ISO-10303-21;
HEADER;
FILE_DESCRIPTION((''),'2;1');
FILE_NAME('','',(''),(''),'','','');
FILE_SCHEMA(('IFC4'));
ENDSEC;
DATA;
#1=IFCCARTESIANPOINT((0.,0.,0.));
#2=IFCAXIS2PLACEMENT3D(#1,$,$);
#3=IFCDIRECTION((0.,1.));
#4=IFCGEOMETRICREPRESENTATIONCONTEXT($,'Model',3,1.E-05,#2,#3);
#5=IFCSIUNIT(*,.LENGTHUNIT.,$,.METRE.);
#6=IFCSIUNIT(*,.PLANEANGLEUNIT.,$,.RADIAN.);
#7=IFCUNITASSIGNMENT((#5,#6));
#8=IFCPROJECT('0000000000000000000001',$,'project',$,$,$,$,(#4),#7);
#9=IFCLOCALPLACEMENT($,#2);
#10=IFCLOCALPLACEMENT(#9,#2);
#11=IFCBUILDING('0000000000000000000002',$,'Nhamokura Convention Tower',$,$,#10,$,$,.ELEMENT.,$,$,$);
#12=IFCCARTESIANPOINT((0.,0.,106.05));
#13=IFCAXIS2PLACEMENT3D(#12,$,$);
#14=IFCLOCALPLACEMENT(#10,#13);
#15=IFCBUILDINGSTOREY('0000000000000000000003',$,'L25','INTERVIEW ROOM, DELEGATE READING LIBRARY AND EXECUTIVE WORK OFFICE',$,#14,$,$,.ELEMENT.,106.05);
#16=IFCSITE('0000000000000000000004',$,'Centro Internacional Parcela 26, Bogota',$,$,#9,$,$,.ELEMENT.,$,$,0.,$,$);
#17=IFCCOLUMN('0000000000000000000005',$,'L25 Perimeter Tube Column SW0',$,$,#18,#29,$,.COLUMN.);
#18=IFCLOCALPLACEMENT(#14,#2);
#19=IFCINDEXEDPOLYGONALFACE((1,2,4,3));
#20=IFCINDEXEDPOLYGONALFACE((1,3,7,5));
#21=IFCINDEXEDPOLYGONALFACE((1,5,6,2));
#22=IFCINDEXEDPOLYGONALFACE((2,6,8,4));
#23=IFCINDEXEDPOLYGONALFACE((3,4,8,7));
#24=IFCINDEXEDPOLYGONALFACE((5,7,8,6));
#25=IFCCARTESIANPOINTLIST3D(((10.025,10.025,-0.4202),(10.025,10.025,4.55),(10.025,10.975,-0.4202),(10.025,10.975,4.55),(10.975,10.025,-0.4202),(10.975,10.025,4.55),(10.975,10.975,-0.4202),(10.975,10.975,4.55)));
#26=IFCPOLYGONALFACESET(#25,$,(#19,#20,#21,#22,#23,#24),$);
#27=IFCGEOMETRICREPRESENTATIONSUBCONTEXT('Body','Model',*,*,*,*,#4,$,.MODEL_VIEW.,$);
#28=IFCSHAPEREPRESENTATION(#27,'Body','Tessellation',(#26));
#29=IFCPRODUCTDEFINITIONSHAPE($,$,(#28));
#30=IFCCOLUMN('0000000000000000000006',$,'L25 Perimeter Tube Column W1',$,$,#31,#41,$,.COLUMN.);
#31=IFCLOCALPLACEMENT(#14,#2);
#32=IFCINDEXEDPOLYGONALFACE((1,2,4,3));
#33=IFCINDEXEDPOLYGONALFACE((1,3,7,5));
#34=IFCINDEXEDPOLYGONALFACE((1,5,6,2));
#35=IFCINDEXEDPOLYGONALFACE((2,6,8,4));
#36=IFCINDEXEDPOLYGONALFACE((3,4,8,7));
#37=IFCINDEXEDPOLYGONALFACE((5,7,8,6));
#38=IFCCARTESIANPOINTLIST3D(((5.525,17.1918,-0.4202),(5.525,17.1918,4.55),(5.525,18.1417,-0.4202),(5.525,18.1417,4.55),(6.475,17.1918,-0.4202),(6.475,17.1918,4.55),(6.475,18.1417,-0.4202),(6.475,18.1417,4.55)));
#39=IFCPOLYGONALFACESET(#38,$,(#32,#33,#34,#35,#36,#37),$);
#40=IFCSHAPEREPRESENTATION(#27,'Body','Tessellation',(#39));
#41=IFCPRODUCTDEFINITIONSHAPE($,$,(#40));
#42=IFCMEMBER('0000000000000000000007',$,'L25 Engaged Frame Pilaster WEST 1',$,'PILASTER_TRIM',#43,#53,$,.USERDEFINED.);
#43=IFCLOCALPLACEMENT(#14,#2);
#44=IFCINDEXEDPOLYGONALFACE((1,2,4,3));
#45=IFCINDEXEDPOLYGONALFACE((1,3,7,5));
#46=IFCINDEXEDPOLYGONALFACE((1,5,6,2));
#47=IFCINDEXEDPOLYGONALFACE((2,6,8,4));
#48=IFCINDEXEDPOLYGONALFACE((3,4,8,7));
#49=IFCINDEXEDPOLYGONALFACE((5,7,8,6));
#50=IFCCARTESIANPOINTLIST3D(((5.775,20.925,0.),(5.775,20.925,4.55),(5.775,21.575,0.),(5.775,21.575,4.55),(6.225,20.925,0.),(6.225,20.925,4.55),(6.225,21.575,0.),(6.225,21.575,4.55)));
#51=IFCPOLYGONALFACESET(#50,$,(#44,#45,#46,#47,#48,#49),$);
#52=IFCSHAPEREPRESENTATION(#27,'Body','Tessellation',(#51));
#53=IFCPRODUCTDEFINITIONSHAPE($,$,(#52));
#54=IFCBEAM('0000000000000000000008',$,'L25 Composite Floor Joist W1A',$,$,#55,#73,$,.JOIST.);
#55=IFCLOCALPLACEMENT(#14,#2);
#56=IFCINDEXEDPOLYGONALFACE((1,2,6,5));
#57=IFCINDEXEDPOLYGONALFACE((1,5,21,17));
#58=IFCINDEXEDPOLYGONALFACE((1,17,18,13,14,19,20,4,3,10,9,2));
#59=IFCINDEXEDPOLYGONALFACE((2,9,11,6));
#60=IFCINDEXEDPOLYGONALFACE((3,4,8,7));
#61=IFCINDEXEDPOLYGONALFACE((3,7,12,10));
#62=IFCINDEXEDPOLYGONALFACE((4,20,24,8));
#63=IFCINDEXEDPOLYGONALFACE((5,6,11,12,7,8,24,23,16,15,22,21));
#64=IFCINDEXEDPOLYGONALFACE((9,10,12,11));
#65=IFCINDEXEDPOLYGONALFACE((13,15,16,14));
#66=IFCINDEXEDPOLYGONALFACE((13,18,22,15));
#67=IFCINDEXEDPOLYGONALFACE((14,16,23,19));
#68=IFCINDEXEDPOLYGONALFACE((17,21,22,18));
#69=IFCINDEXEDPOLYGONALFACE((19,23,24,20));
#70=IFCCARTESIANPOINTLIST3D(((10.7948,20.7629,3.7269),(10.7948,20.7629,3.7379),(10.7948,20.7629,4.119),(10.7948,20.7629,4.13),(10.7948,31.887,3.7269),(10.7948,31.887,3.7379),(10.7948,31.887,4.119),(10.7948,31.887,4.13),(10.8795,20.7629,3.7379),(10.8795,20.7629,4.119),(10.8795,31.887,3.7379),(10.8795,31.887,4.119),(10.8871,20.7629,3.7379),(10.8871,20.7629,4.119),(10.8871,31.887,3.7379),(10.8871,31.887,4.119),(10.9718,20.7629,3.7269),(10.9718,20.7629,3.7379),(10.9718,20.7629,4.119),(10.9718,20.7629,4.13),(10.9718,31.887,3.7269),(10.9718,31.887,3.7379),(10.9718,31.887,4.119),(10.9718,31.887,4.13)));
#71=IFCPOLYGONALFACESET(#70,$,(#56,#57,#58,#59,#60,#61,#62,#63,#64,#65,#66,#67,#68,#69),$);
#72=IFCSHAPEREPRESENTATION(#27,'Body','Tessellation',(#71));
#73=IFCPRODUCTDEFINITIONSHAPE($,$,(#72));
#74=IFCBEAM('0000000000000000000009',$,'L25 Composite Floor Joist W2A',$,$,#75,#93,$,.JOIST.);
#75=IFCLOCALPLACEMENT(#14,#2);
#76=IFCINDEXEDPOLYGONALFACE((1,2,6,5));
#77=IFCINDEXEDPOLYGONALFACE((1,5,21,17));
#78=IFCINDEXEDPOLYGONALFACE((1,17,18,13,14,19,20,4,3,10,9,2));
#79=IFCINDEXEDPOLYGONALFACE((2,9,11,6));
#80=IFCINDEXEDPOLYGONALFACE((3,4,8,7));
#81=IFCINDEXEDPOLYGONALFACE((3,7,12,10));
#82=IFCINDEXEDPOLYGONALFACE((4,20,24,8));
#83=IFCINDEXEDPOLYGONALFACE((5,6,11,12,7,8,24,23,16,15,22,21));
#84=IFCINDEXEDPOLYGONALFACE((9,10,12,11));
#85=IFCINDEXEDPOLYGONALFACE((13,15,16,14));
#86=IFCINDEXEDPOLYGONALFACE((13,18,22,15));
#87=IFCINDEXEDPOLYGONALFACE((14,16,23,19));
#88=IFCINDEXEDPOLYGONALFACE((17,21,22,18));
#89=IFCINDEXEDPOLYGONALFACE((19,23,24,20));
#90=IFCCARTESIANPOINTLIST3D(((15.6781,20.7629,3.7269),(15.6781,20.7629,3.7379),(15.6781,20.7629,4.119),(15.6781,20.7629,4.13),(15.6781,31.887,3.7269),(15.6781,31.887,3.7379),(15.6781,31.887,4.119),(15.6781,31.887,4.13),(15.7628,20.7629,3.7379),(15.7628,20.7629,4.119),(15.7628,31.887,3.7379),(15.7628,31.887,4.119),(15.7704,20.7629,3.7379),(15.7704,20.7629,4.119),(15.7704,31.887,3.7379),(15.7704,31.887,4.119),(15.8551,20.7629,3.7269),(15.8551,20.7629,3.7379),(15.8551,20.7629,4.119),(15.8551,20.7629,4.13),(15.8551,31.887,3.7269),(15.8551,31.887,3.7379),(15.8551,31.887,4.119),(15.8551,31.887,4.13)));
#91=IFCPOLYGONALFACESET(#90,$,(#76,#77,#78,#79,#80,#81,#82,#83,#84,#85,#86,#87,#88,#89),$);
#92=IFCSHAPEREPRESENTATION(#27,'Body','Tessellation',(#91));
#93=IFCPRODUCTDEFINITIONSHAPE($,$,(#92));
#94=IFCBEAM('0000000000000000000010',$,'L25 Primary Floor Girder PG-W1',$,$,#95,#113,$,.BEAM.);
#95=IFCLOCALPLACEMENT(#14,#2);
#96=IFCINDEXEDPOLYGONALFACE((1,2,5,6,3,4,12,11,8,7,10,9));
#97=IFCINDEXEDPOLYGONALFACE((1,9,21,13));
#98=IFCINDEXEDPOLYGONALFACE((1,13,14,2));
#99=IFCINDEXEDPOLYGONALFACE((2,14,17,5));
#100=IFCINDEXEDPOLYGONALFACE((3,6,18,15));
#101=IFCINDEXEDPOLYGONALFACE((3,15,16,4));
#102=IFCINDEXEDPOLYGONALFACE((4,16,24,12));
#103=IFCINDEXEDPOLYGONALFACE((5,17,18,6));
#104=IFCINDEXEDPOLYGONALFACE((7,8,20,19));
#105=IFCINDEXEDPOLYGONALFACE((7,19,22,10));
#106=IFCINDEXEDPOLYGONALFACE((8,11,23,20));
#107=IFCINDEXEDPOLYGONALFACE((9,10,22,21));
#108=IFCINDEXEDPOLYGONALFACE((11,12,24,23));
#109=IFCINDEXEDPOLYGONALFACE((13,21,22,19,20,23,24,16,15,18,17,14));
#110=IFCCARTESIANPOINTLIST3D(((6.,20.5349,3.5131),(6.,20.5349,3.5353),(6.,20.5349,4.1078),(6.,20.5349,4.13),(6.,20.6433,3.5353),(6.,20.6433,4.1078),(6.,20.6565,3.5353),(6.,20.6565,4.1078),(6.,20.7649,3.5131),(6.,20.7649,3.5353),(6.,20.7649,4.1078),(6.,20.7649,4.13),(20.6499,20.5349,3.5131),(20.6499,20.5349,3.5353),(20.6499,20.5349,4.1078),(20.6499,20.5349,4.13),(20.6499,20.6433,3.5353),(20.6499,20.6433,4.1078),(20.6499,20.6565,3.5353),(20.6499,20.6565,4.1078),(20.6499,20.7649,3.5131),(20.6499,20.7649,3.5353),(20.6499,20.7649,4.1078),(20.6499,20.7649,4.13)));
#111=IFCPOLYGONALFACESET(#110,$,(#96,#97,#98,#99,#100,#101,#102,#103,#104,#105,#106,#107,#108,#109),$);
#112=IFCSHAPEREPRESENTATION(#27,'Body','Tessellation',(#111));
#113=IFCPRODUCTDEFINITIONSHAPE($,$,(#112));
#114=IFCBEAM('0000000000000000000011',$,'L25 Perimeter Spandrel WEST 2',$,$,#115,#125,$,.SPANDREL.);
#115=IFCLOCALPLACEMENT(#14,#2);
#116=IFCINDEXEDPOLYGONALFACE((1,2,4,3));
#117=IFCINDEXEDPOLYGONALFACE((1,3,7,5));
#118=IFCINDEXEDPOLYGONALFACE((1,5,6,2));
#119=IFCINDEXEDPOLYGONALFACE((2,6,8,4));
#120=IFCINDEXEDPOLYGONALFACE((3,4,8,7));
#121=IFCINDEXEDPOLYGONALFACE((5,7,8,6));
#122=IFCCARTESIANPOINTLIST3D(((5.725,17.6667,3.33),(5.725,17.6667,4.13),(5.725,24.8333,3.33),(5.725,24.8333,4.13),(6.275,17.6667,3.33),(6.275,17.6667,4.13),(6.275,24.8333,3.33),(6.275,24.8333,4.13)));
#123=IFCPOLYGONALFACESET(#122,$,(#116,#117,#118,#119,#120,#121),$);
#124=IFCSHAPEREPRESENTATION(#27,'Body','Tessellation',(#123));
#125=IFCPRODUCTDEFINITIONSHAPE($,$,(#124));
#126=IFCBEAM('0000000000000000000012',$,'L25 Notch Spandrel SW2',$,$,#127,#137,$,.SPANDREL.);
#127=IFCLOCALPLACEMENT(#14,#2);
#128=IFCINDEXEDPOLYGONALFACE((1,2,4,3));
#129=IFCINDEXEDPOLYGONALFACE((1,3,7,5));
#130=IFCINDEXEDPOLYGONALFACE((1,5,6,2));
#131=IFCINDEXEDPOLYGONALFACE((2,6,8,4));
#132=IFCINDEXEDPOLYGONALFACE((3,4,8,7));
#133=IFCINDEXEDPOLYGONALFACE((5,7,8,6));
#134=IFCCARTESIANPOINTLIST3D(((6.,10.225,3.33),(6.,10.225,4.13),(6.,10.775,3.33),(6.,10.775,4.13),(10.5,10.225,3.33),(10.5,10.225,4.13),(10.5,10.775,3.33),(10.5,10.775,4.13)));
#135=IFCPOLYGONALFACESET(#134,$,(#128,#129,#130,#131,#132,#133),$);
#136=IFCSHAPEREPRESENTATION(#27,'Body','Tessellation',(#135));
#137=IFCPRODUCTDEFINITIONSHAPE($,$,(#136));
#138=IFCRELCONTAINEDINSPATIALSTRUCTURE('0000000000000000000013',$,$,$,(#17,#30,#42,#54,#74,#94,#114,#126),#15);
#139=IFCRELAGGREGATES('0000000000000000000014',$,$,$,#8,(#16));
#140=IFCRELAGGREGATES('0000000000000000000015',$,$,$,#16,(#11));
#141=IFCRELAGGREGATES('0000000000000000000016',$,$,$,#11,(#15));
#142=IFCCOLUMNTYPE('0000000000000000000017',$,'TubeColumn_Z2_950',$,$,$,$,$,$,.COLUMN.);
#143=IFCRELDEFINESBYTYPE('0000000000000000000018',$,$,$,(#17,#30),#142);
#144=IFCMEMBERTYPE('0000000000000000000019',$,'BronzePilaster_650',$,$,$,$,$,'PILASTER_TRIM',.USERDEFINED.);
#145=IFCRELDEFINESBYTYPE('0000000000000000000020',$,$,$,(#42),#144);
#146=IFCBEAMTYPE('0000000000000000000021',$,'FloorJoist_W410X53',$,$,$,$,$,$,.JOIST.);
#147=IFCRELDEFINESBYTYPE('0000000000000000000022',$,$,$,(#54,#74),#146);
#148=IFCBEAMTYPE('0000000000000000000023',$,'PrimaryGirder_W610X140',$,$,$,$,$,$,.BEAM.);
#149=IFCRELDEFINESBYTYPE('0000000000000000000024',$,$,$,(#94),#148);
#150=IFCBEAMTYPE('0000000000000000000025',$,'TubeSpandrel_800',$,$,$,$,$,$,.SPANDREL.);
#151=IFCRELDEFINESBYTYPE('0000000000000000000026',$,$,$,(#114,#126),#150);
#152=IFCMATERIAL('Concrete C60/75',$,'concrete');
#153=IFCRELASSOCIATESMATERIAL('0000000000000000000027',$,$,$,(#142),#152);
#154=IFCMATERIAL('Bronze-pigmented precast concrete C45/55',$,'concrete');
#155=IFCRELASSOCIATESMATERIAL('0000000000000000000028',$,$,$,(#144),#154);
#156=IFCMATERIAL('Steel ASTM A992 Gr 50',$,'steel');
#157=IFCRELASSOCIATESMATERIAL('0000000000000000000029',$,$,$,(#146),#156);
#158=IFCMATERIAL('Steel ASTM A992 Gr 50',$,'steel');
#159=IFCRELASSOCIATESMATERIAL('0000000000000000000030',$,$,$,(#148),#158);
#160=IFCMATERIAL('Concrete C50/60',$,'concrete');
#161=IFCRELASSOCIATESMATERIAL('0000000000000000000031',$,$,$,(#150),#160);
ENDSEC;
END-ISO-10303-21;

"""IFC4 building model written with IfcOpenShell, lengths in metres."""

from ifc_helpers import new_model, si_unit, direction, frame, origin, origin_2d, place, context, subcontext, project, spatial, rectangle, i_section, extrude, material, material_profile, profile_set, type_object, element, save


model = new_model("IFC4")

# Units and contexts
model_context = context("Model", 3, precision=1e-05, world=origin(), true_north=direction((0.0, 1.0)))
body_context = subcontext(model_context, "Body", "Model", "MODEL_VIEW")
ifc_project = project(units=[si_unit("LENGTHUNIT", "METRE"), si_unit("PLANEANGLEUNIT", "RADIAN")], contexts=[model_context])

# Site, building, storey
site_placement = place(None, origin())
site = spatial("IfcSite", under=ifc_project, at=site_placement, Name="Centro Internacional Parcela 26, Bogota", CompositionType="ELEMENT", RefElevation=0.0)
building_placement = place(site_placement, origin())
building = spatial("IfcBuilding", under=site, at=building_placement, Name="Nhamokura Convention Tower", CompositionType="ELEMENT")
storey_placement = place(building_placement, frame((0.0, 0.0, 106.05)))
storey = spatial("IfcBuildingStorey", under=building, at=storey_placement, Name="L25", Description="INTERVIEW ROOM, DELEGATE READING LIBRARY AND EXECUTIVE WORK OFFICE", CompositionType="ELEMENT", Elevation=106.05)

# Columns
ifc_material_1 = material(Name="Concrete C60/75", Category="concrete")
ifc_material_profile_1 = material_profile(ifc_material_1, rectangle(XDim=0.95, YDim=0.95, at=origin_2d()))
ifc_profile_set_1 = profile_set([ifc_material_profile_1], Name="Concrete C60/75")
column_type = type_object("IfcColumnType", Name="TubeColumn_Z2_950", PredefinedType="COLUMN", material=ifc_profile_set_1)
for number, where, z_axis, x_axis, name in (
    (1, (10.5, 10.5, -0.4202), (0.0, 0.0, 1.0), (1.0, 0.0, 0.0), "L25 Perimeter Tube Column SW0"),
    (2, (6.0, 17.6667, -0.4202), (0.0, 0.0, 1.0), (1.0, 0.0, 0.0), "L25 Perimeter Tube Column W1"),
):
    element("IfcColumn", number, at=place(storey_placement, frame(where, z_axis=z_axis, x_axis=x_axis)), inside=storey, type_object=column_type, Name=name, PredefinedType="COLUMN", context=body_context, shape_type="SweptSolid", body=[
        extrude(rectangle(XDim=0.95, YDim=0.95, at=origin_2d()), origin(), (0.0, 0.0, 1.0), 4.9702),
    ])

# Member
ifc_material_2 = material(Name="Bronze-pigmented precast concrete C45/55", Category="concrete")
ifc_material_profile_2 = material_profile(ifc_material_2, rectangle(XDim=0.45, YDim=0.6499, at=origin_2d()))
ifc_profile_set_2 = profile_set([ifc_material_profile_2], Name="Bronze-pigmented precast concrete C45/55")
member_type = type_object("IfcMemberType", Name="BronzePilaster_650", ElementType="PILASTER_TRIM", PredefinedType="USERDEFINED", material=ifc_profile_set_2)
member_placement = place(storey_placement, frame((6.0, 21.25, 0.0), z_axis=(0.0, 0.0, 1.0), x_axis=(1.0, 0.0, 0.0)))
element("IfcMember", 3, at=member_placement, inside=storey, type_object=member_type, Name="L25 Engaged Frame Pilaster WEST 1", ObjectType="PILASTER_TRIM", PredefinedType="USERDEFINED", context=body_context, shape_type="SweptSolid", body=[
    extrude(rectangle(XDim=0.45, YDim=0.6499, at=origin_2d()), origin(), (0.0, 0.0, 1.0), 4.55),
])

# Beams
ifc_material_3 = material(Name="Steel ASTM A992 Gr 50", Category="steel")
ifc_material_profile_3 = material_profile(ifc_material_3, i_section(OverallWidth=0.177, OverallDepth=0.4031, WebThickness=0.0076, FlangeThickness=0.011, at=origin_2d()))
ifc_profile_set_3 = profile_set([ifc_material_profile_3], Name="Steel ASTM A992 Gr 50")
beam_type_1 = type_object("IfcBeamType", Name="FloorJoist_W410X53", PredefinedType="JOIST", material=ifc_profile_set_3)
for number, where, z_axis, x_axis, name in (
    (4, (10.8833, 20.7629, 3.9285), (0.0, 1.0, 0.0), (-1.0, 0.0, 0.0), "L25 Composite Floor Joist W1A"),
    (5, (15.7666, 20.7629, 3.9285), (0.0, 1.0, 0.0), (-1.0, 0.0, 0.0), "L25 Composite Floor Joist W2A"),
):
    element("IfcBeam", number, at=place(storey_placement, frame(where, z_axis=z_axis, x_axis=x_axis)), inside=storey, type_object=beam_type_1, Name=name, PredefinedType="JOIST", context=body_context, shape_type="SweptSolid", body=[
        extrude(i_section(OverallWidth=0.177, OverallDepth=0.4031, WebThickness=0.0076, FlangeThickness=0.011, at=origin_2d()), origin(), (0.0, 0.0, 1.0), 11.124),
    ])
ifc_material_4 = material(Name="Steel ASTM A992 Gr 50", Category="steel")
ifc_material_profile_4 = material_profile(ifc_material_4, i_section(OverallWidth=0.23, OverallDepth=0.6169, WebThickness=0.0132, FlangeThickness=0.0222, at=origin_2d()))
ifc_profile_set_4 = profile_set([ifc_material_profile_4], Name="Steel ASTM A992 Gr 50")
beam_type_2 = type_object("IfcBeamType", Name="PrimaryGirder_W610X140", PredefinedType="BEAM", material=ifc_profile_set_4)
beam_1_placement = place(storey_placement, frame((6.0, 20.6499, 3.8215), z_axis=(1.0, 0.0, 0.0), x_axis=(0.0, 1.0, 0.0)))
element("IfcBeam", 6, at=beam_1_placement, inside=storey, type_object=beam_type_2, Name="L25 Primary Floor Girder PG-W1", PredefinedType="BEAM", context=body_context, shape_type="SweptSolid", body=[
    extrude(i_section(OverallWidth=0.23, OverallDepth=0.6169, WebThickness=0.0132, FlangeThickness=0.0222, at=origin_2d()), origin(), (0.0, 0.0, 1.0), 14.6499),
])
ifc_material_5 = material(Name="Concrete C50/60", Category="concrete")
ifc_material_profile_5 = material_profile(ifc_material_5, rectangle(XDim=0.55, YDim=0.8, at=origin_2d()))
ifc_profile_set_5 = profile_set([ifc_material_profile_5], Name="Concrete C50/60")
beam_type_3 = type_object("IfcBeamType", Name="TubeSpandrel_800", PredefinedType="SPANDREL", material=ifc_profile_set_5)
beam_2_placement = place(storey_placement, frame((6.0, 17.6667, 3.73), z_axis=(0.0, 1.0, 0.0), x_axis=(-1.0, 0.0, 0.0)))
element("IfcBeam", 7, at=beam_2_placement, inside=storey, type_object=beam_type_3, Name="L25 Perimeter Spandrel WEST 2", PredefinedType="SPANDREL", context=body_context, shape_type="SweptSolid", body=[
    extrude(rectangle(XDim=0.55, YDim=0.8, at=origin_2d()), origin(), (0.0, 0.0, 1.0), 7.1665),
])
beam_3_placement = place(storey_placement, frame((10.5, 10.5, 3.73), z_axis=(-1.0, 0.0, 0.0), x_axis=(0.0, -1.0, 0.0)))
element("IfcBeam", 8, at=beam_3_placement, inside=storey, type_object=beam_type_3, Name="L25 Notch Spandrel SW2", PredefinedType="SPANDREL", context=body_context, shape_type="SweptSolid", body=[
    extrude(rectangle(XDim=0.55, YDim=0.8, at=origin_2d()), origin(), (0.0, 0.0, 1.0), 4.5),
])

save(model, "model.ifc")
